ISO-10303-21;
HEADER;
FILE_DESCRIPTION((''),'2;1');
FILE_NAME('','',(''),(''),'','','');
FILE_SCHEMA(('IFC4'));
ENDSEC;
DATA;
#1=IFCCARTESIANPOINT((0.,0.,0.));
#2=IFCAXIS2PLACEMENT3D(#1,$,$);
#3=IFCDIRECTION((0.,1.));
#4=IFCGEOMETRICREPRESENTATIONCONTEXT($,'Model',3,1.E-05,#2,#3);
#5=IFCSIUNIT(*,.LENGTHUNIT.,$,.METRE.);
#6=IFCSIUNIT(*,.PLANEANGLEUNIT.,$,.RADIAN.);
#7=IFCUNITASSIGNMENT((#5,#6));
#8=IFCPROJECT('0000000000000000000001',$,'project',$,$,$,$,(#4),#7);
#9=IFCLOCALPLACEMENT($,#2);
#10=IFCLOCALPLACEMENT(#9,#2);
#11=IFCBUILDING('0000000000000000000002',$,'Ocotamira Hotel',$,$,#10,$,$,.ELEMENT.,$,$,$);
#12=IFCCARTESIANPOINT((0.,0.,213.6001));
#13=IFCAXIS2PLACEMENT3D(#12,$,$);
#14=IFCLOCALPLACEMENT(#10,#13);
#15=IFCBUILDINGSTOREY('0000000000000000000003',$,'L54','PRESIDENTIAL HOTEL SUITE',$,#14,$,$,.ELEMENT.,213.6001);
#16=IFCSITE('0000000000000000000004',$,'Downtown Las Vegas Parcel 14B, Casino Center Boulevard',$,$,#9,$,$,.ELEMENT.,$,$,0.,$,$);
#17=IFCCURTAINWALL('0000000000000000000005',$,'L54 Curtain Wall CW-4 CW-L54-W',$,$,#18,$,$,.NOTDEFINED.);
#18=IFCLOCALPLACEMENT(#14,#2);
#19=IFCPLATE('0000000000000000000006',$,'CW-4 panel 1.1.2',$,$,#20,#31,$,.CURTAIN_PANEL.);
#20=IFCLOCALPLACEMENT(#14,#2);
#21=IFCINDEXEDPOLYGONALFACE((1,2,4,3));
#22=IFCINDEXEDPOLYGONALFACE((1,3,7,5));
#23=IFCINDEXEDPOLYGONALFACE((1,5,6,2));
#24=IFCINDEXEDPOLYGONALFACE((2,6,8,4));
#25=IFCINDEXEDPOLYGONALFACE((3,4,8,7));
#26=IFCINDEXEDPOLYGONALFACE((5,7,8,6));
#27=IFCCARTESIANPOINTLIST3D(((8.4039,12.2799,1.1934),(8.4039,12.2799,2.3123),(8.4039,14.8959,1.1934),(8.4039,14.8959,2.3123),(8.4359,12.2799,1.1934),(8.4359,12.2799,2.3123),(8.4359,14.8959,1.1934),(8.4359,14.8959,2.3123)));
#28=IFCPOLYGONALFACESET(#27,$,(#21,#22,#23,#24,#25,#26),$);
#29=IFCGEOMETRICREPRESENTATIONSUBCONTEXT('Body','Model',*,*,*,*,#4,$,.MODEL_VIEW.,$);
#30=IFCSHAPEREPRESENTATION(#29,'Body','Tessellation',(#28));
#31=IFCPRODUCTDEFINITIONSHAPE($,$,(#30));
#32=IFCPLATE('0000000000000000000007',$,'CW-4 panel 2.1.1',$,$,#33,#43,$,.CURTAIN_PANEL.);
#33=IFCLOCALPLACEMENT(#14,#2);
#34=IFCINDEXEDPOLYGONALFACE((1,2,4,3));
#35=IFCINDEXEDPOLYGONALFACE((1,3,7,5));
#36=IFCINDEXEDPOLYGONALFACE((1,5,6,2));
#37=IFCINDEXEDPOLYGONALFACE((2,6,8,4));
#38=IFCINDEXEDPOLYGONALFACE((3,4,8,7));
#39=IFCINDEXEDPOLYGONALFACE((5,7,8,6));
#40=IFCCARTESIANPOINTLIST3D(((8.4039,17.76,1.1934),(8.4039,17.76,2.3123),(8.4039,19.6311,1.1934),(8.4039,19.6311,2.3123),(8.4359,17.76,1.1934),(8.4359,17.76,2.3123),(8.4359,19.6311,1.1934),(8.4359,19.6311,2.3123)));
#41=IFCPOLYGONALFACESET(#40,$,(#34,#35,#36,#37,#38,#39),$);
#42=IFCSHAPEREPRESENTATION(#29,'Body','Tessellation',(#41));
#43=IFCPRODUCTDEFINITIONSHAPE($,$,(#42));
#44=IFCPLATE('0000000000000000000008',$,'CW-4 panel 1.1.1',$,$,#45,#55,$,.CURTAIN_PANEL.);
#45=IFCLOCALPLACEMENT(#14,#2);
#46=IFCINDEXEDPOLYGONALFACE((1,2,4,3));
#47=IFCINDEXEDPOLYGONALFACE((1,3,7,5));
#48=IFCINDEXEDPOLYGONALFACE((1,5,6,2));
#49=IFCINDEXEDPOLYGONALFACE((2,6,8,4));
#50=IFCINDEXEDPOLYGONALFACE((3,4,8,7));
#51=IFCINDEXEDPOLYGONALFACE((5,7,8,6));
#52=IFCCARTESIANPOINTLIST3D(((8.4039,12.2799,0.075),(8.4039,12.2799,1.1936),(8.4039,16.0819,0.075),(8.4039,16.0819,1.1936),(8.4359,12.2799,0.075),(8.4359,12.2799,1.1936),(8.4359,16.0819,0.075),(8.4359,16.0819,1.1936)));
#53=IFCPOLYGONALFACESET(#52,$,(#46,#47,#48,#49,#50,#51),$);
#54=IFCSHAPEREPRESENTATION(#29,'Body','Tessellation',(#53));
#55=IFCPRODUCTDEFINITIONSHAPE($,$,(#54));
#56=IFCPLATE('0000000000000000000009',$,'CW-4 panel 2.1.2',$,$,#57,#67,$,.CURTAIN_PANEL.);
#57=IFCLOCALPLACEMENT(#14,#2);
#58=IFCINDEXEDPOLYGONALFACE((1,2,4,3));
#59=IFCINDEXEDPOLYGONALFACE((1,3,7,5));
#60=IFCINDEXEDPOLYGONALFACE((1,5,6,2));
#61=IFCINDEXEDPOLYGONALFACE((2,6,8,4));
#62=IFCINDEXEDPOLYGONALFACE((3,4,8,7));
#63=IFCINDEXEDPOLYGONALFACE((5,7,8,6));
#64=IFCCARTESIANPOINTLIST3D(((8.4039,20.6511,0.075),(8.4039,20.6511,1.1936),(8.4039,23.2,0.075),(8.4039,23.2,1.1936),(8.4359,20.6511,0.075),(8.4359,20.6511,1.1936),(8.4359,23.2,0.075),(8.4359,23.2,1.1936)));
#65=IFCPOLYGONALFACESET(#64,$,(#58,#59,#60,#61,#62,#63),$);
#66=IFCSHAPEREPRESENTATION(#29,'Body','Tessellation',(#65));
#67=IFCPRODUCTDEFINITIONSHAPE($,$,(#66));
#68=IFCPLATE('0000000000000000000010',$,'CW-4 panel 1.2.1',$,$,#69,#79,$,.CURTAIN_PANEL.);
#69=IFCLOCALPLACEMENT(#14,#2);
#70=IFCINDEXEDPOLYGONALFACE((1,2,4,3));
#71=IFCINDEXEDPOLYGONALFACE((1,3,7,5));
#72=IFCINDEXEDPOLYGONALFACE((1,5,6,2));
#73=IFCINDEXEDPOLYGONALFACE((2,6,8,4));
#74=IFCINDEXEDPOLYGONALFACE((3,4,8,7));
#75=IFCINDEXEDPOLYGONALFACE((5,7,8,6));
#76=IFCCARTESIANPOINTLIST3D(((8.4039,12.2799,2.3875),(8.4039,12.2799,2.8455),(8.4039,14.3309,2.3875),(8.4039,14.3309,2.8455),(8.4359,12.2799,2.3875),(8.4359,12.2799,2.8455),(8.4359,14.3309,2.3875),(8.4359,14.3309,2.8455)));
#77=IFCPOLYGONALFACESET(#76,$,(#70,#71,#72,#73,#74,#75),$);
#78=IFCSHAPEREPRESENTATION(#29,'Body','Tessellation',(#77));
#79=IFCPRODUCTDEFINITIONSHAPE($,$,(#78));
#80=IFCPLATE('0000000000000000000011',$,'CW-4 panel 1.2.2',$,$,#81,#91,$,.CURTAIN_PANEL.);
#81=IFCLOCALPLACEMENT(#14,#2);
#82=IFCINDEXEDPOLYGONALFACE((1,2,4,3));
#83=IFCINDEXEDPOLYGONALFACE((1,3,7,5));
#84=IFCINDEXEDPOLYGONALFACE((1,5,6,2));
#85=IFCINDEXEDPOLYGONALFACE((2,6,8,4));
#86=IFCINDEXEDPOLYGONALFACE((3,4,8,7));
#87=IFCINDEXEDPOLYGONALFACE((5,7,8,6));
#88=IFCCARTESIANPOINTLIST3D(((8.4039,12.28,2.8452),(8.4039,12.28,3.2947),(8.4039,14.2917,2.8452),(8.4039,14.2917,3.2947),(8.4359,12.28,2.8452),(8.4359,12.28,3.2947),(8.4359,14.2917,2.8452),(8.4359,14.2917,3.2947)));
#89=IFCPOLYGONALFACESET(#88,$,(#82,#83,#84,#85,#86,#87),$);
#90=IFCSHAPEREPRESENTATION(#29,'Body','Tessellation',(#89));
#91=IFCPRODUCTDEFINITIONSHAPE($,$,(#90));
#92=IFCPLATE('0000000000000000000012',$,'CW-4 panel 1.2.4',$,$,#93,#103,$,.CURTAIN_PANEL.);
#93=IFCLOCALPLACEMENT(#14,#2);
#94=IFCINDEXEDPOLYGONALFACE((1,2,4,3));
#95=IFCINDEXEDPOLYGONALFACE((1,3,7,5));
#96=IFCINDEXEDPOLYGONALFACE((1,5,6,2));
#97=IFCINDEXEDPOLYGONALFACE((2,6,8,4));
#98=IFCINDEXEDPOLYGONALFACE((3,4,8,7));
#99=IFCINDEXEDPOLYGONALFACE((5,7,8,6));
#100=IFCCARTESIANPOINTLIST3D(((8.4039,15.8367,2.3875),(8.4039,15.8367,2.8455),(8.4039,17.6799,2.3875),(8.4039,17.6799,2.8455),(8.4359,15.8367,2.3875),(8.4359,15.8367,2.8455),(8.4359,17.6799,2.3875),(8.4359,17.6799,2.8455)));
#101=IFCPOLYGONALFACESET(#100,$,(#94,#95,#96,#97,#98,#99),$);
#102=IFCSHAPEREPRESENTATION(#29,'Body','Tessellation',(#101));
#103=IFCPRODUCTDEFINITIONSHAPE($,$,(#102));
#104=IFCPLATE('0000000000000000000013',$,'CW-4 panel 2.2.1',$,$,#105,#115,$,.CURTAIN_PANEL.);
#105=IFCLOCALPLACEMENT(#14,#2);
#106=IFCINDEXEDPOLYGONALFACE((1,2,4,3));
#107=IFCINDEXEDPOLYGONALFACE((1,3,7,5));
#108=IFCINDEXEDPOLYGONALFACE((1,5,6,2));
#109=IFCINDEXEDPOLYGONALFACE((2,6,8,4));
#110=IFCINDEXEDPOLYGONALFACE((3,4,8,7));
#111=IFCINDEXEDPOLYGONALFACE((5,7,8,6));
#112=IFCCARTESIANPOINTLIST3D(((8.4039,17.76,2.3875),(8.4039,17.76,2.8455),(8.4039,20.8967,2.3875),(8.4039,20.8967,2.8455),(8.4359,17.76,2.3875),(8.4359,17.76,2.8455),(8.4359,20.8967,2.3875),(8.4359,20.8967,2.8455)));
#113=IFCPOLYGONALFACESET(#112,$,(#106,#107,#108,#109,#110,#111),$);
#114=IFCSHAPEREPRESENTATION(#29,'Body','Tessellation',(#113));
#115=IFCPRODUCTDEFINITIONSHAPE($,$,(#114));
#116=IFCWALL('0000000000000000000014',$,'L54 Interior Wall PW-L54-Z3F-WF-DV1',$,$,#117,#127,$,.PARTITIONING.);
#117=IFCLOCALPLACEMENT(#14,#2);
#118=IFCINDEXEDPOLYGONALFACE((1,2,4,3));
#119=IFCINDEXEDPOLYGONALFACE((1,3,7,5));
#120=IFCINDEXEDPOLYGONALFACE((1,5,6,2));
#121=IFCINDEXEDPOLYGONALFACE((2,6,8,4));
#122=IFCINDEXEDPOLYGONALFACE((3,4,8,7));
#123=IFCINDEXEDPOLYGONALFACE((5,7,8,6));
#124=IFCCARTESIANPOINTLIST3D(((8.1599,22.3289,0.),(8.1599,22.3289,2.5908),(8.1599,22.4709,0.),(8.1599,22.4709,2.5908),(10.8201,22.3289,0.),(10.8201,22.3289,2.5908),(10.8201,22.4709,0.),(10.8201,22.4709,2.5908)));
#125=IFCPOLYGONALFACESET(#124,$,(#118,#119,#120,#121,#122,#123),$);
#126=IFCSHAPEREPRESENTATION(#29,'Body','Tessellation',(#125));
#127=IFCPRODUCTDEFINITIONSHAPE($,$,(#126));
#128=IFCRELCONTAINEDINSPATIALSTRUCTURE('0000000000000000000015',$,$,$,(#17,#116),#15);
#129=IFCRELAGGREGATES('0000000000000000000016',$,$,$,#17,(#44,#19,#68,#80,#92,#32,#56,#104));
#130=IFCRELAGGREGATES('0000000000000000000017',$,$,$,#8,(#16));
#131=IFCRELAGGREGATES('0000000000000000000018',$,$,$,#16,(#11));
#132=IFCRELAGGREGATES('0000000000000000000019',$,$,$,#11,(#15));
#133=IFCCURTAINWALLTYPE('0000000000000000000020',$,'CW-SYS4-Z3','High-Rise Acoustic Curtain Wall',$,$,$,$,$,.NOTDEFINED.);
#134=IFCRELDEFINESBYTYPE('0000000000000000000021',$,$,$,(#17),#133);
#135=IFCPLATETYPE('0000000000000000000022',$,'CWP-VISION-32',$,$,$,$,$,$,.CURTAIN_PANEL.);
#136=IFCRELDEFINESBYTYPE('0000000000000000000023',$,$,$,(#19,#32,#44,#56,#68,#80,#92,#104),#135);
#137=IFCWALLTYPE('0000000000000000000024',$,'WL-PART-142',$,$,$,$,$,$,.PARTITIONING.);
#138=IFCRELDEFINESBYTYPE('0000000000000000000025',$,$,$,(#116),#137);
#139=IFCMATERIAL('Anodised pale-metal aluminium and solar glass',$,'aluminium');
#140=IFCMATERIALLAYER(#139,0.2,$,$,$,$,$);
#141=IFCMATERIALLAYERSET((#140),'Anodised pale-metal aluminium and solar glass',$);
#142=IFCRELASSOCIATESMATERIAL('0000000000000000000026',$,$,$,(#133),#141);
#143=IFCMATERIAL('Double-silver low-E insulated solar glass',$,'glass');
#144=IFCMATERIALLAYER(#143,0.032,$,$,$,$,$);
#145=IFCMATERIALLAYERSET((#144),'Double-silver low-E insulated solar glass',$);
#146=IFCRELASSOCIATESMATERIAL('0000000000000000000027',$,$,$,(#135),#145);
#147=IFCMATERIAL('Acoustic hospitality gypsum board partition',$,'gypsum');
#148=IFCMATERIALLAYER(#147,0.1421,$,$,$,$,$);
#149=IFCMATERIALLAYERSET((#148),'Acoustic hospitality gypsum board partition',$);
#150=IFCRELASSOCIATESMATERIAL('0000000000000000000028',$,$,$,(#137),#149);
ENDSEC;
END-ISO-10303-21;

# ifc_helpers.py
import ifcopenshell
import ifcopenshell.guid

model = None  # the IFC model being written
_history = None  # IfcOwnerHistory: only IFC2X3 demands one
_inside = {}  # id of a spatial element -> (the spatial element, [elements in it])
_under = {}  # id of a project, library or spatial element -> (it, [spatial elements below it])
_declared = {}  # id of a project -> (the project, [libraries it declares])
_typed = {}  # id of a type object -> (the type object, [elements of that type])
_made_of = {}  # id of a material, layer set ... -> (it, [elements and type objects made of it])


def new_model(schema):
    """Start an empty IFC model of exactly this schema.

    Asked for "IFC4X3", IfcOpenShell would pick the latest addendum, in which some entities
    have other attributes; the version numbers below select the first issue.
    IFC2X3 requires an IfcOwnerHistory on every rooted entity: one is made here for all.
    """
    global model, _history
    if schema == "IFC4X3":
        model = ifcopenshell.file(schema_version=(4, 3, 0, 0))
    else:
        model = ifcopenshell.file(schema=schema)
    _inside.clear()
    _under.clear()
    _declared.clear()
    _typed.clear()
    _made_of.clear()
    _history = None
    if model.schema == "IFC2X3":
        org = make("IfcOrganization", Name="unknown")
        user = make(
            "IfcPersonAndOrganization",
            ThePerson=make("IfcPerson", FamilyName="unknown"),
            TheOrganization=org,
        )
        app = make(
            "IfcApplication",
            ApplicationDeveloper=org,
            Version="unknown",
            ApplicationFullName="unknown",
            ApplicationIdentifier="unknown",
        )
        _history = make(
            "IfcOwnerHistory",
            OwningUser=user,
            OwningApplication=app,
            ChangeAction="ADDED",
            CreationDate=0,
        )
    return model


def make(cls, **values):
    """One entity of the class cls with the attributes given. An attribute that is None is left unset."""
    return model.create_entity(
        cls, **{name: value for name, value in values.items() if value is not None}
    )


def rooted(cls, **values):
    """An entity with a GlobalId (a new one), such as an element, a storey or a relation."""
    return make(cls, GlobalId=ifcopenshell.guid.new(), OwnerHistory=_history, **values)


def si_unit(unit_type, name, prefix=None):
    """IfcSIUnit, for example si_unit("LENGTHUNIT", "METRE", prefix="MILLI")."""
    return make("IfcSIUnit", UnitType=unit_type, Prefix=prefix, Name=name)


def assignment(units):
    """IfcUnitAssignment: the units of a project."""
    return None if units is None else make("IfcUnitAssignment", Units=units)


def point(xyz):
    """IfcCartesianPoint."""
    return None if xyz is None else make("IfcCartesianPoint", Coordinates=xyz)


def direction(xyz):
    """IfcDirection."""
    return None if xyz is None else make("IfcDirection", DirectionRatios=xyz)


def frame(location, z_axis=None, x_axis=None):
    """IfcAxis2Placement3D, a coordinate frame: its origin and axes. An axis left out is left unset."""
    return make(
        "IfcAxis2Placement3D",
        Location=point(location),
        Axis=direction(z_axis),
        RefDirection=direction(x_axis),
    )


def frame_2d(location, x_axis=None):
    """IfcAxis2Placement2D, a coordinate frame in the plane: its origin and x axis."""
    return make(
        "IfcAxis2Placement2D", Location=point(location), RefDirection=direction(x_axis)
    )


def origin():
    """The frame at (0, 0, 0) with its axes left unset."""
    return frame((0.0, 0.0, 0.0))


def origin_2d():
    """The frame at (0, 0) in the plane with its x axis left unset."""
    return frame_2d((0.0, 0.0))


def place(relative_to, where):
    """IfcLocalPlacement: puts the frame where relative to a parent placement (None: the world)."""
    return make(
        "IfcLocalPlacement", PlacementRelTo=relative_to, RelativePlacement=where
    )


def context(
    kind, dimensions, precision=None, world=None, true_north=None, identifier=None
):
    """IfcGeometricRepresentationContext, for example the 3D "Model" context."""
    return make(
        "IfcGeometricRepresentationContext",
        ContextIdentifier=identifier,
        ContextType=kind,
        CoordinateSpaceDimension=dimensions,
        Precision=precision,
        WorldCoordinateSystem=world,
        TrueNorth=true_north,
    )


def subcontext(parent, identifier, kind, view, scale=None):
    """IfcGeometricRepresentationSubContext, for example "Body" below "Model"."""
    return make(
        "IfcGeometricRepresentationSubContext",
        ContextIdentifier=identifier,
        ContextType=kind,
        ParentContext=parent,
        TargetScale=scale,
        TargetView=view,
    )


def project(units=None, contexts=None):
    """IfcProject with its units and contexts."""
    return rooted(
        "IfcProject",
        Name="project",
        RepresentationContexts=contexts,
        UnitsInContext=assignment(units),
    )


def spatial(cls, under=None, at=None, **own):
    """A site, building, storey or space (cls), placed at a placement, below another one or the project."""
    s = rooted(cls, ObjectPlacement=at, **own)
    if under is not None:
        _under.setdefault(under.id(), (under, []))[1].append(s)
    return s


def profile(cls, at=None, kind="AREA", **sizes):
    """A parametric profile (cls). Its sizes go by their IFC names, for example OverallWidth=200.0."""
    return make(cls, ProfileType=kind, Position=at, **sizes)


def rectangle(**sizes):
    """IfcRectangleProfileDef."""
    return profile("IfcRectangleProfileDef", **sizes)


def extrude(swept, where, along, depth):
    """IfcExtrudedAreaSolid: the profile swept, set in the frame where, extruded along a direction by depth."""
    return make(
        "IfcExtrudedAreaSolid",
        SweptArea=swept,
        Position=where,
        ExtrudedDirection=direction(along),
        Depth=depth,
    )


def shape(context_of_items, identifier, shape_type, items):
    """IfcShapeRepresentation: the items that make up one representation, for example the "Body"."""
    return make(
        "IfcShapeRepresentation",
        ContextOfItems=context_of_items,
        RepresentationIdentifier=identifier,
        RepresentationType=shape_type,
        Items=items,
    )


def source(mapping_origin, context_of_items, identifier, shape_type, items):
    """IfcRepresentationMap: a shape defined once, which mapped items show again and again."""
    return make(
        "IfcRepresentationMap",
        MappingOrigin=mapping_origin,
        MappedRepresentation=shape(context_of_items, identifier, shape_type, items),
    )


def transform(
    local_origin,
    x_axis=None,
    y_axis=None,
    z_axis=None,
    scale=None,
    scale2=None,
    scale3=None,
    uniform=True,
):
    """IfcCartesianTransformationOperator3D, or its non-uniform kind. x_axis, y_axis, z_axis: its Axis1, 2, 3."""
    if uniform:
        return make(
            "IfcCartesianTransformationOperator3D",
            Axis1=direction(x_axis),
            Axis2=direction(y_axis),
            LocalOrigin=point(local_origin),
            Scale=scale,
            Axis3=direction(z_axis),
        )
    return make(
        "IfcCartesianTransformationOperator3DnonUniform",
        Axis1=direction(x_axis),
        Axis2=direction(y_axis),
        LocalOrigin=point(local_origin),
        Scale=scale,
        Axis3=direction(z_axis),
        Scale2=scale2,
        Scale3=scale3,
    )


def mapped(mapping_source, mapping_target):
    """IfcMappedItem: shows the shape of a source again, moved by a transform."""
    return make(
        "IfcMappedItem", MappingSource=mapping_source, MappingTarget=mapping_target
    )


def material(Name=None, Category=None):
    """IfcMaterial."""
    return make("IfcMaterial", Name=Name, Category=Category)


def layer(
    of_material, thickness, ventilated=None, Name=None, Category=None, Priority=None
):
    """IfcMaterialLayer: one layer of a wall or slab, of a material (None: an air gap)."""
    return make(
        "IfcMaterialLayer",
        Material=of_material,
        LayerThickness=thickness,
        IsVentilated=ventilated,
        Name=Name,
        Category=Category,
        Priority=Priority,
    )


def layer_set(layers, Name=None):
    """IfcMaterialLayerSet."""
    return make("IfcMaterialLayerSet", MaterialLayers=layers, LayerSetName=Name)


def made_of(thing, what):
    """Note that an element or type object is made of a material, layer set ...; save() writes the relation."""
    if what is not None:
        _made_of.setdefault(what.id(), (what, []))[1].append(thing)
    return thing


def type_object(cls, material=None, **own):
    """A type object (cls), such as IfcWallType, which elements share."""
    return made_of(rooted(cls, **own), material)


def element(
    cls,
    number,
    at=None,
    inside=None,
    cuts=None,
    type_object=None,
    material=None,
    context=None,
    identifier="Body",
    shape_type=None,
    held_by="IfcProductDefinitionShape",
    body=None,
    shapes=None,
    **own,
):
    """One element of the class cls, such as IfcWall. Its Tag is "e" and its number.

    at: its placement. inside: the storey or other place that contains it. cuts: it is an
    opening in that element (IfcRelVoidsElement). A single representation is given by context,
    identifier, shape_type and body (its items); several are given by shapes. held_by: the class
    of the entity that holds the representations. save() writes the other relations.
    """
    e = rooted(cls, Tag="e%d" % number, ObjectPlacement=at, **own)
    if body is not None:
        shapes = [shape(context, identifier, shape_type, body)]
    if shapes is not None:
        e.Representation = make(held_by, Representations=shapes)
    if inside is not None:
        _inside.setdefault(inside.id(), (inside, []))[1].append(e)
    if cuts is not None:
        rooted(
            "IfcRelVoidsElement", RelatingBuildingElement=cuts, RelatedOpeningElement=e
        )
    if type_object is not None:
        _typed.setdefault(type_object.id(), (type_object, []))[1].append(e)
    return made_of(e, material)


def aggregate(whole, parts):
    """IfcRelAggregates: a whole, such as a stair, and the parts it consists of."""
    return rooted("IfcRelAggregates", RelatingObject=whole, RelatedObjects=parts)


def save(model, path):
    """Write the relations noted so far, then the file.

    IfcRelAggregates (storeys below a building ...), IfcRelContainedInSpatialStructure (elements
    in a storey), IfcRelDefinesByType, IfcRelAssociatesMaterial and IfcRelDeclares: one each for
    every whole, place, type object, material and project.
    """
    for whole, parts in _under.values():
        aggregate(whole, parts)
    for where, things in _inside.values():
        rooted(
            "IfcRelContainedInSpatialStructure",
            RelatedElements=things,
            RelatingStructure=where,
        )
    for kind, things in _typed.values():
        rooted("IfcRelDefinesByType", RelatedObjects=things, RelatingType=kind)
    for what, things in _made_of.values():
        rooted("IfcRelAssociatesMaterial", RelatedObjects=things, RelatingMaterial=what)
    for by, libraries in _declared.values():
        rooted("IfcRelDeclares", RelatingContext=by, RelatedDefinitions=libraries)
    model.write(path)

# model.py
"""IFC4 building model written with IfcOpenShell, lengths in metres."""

from ifc_helpers import new_model, si_unit, direction, frame, frame_2d, origin, origin_2d, place, context, subcontext, project, spatial, rectangle, extrude, source, transform, mapped, material, layer, layer_set, type_object, element, aggregate, save


model = new_model("IFC4")

# Units and contexts
model_context = context("Model", 3, precision=1e-05, world=origin(), true_north=direction((0.0, 1.0)))
body_context = subcontext(model_context, "Body", "Model", "MODEL_VIEW")
ifc_project = project(units=[si_unit("LENGTHUNIT", "METRE"), si_unit("PLANEANGLEUNIT", "RADIAN")], contexts=[model_context])

# Site, building, storey
site_placement = place(None, origin())
site = spatial("IfcSite", under=ifc_project, at=site_placement, Name="Downtown Las Vegas Parcel 14B, Casino Center Boulevard", CompositionType="ELEMENT", RefElevation=0.0)
building_placement = place(site_placement, origin())
building = spatial("IfcBuilding", under=site, at=building_placement, Name="Ocotamira Hotel", CompositionType="ELEMENT")
storey_placement = place(building_placement, frame((0.0, 0.0, 213.6001)))
storey = spatial("IfcBuildingStorey", under=building, at=storey_placement, Name="L54", Description="PRESIDENTIAL HOTEL SUITE", CompositionType="ELEMENT", Elevation=213.6001)

# Curtain wall
ifc_material_1 = material(Name="Anodised pale-metal aluminium and solar glass", Category="aluminium")
ifc_layer_1 = layer(ifc_material_1, 0.2)
ifc_layer_set_1 = layer_set([ifc_layer_1], Name="Anodised pale-metal aluminium and solar glass")
curtain_wall_type = type_object("IfcCurtainWallType", Name="CW-SYS4-Z3", Description="High-Rise Acoustic Curtain Wall", PredefinedType="NOTDEFINED", material=ifc_layer_set_1)
curtain_wall_placement = place(storey_placement, origin())
curtain_wall = element("IfcCurtainWall", 1, at=curtain_wall_placement, inside=storey, type_object=curtain_wall_type, Name="L54 Curtain Wall CW-4 CW-L54-W", PredefinedType="NOTDEFINED")

# Plates
ifc_material_2 = material(Name="Double-silver low-E insulated solar glass", Category="glass")
ifc_layer_2 = layer(ifc_material_2, 0.032)
ifc_layer_set_2 = layer_set([ifc_layer_2], Name="Double-silver low-E insulated solar glass")
plate_type_1 = type_object("IfcPlateType", Name="CWP-VISION-32", PredefinedType="CURTAIN_PANEL", material=ifc_layer_set_2)
shared_shape_1 = source(origin(), body_context, "Body", "SweptSolid", [
    extrude(rectangle(XDim=2.616, YDim=0.032, at=origin_2d()), origin(), (0.0, 0.0, 1.0), 1.1189),
])
plate_1_placement = place(storey_placement, frame((8.4199, 13.5879, 1.1934), z_axis=(0.0, 0.0, 1.0), x_axis=(0.0, 1.0, 0.0)))
plate_1 = element("IfcPlate", 2, at=plate_1_placement, type_object=plate_type_1, Name="CW-4 panel 1.1.2", PredefinedType="CURTAIN_PANEL", context=body_context, shape_type="MappedRepresentation", body=[
    mapped(shared_shape_1, transform((0.0, 0.0, 0.0), scale=1.0)),
])
shared_shape_2 = source(origin(), body_context, "Body", "SweptSolid", [
    extrude(rectangle(XDim=1.8711, YDim=0.032, at=origin_2d()), origin(), (0.0, 0.0, 1.0), 1.1189),
])
plate_2_placement = place(storey_placement, frame((8.4199, 18.6956, 1.1934), z_axis=(0.0, 0.0, 1.0), x_axis=(0.0, 1.0, 0.0)))
plate_2 = element("IfcPlate", 3, at=plate_2_placement, type_object=plate_type_1, Name="CW-4 panel 2.1.1", PredefinedType="CURTAIN_PANEL", context=body_context, shape_type="MappedRepresentation", body=[
    mapped(shared_shape_2, transform((0.0, 0.0, 0.0), scale=1.0)),
])
shared_shape_3 = source(origin(), body_context, "Body", "SweptSolid", [
    extrude(rectangle(XDim=3.802, YDim=0.032, at=origin_2d()), origin(), (0.0, 0.0, 1.0), 1.1187),
])
plate_3_placement = place(storey_placement, frame((8.4199, 14.1809, 0.075), z_axis=(0.0, 0.0, 1.0), x_axis=(0.0, 1.0, 0.0)))
plate_3 = element("IfcPlate", 4, at=plate_3_placement, type_object=plate_type_1, Name="CW-4 panel 1.1.1", PredefinedType="CURTAIN_PANEL", context=body_context, shape_type="MappedRepresentation", body=[
    mapped(shared_shape_3, transform((0.0, 0.0, 0.0), scale=1.0)),
])
shared_shape_4 = source(origin(), body_context, "Body", "SweptSolid", [
    extrude(rectangle(XDim=2.5488, YDim=0.032, at=origin_2d()), origin(), (0.0, 0.0, 1.0), 1.1187),
])
plate_4_placement = place(storey_placement, frame((8.4199, 21.9255, 0.075), z_axis=(0.0, 0.0, 1.0), x_axis=(0.0, 1.0, 0.0)))
plate_4 = element("IfcPlate", 5, at=plate_4_placement, type_object=plate_type_1, Name="CW-4 panel 2.1.2", PredefinedType="CURTAIN_PANEL", context=body_context, shape_type="MappedRepresentation", body=[
    mapped(shared_shape_4, transform((0.0, 0.0, 0.0), scale=1.0)),
])
shared_shape_5 = source(origin(), body_context, "Body", "SweptSolid", [
    extrude(rectangle(XDim=2.051, YDim=0.032, at=origin_2d()), origin(), (0.0, 0.0, 1.0), 0.458),
])
plate_5_placement = place(storey_placement, frame((8.4199, 13.3054, 2.3875), z_axis=(0.0, 0.0, 1.0), x_axis=(0.0, 1.0, 0.0)))
plate_5 = element("IfcPlate", 6, at=plate_5_placement, type_object=plate_type_1, Name="CW-4 panel 1.2.1", PredefinedType="CURTAIN_PANEL", context=body_context, shape_type="MappedRepresentation", body=[
    mapped(shared_shape_5, transform((0.0, 0.0, 0.0), scale=1.0)),
])
shared_shape_6 = source(origin(), body_context, "Body", "SweptSolid", [
    extrude(rectangle(XDim=2.0117, YDim=0.032, at=origin_2d()), origin(), (0.0, 0.0, 1.0), 0.4495),
])
plate_6_placement = place(storey_placement, frame((8.4199, 13.2859, 2.8452), z_axis=(0.0, 0.0, 1.0), x_axis=(0.0, 1.0, 0.0)))
plate_6 = element("IfcPlate", 7, at=plate_6_placement, type_object=plate_type_1, Name="CW-4 panel 1.2.2", PredefinedType="CURTAIN_PANEL", context=body_context, shape_type="MappedRepresentation", body=[
    mapped(shared_shape_6, transform((0.0, 0.0, 0.0), scale=1.0)),
])
shared_shape_7 = source(origin(), body_context, "Body", "SweptSolid", [
    extrude(rectangle(XDim=1.8433, YDim=0.032, at=origin_2d()), origin(), (0.0, 0.0, 1.0), 0.458),
])
plate_7_placement = place(storey_placement, frame((8.4199, 16.7583, 2.3875), z_axis=(0.0, 0.0, 1.0), x_axis=(0.0, 1.0, 0.0)))
plate_7 = element("IfcPlate", 8, at=plate_7_placement, type_object=plate_type_1, Name="CW-4 panel 1.2.4", PredefinedType="CURTAIN_PANEL", context=body_context, shape_type="MappedRepresentation", body=[
    mapped(shared_shape_7, transform((0.0, 0.0, 0.0), scale=1.0)),
])
shared_shape_8 = source(origin(), body_context, "Body", "SweptSolid", [
    extrude(rectangle(XDim=3.1367, YDim=0.032, at=origin_2d()), origin(), (0.0, 0.0, 1.0), 0.458),
])
plate_8_placement = place(storey_placement, frame((8.4199, 19.3284, 2.3875), z_axis=(0.0, 0.0, 1.0), x_axis=(0.0, 1.0, 0.0)))
plate_8 = element("IfcPlate", 9, at=plate_8_placement, type_object=plate_type_1, Name="CW-4 panel 2.2.1", PredefinedType="CURTAIN_PANEL", context=body_context, shape_type="MappedRepresentation", body=[
    mapped(shared_shape_8, transform((0.0, 0.0, 0.0), scale=1.0)),
])
aggregate(curtain_wall, [plate_3, plate_1, plate_5, plate_6, plate_7, plate_2, plate_4, plate_8])

# Wall
ifc_material_3 = material(Name="Acoustic hospitality gypsum board partition", Category="gypsum")
ifc_layer_3 = layer(ifc_material_3, 0.1421)
ifc_layer_set_3 = layer_set([ifc_layer_3], Name="Acoustic hospitality gypsum board partition")
wall_type_1 = type_object("IfcWallType", Name="WL-PART-142", PredefinedType="PARTITIONING", material=ifc_layer_set_3)
wall_1_placement = place(storey_placement, frame((8.1599, 22.3999, 0.0), z_axis=(0.0, 0.0, 1.0), x_axis=(1.0, 0.0, 0.0)))
element("IfcWall", 10, at=wall_1_placement, inside=storey, type_object=wall_type_1, Name="L54 Interior Wall PW-L54-Z3F-WF-DV1", PredefinedType="PARTITIONING", context=body_context, shape_type="SweptSolid", body=[
    extrude(rectangle(XDim=2.6602, YDim=0.1421, at=frame_2d((1.3301, 0.0))), origin(), (0.0, 0.0, 1.0), 2.5908),
])

save(model, "model.ifc")
